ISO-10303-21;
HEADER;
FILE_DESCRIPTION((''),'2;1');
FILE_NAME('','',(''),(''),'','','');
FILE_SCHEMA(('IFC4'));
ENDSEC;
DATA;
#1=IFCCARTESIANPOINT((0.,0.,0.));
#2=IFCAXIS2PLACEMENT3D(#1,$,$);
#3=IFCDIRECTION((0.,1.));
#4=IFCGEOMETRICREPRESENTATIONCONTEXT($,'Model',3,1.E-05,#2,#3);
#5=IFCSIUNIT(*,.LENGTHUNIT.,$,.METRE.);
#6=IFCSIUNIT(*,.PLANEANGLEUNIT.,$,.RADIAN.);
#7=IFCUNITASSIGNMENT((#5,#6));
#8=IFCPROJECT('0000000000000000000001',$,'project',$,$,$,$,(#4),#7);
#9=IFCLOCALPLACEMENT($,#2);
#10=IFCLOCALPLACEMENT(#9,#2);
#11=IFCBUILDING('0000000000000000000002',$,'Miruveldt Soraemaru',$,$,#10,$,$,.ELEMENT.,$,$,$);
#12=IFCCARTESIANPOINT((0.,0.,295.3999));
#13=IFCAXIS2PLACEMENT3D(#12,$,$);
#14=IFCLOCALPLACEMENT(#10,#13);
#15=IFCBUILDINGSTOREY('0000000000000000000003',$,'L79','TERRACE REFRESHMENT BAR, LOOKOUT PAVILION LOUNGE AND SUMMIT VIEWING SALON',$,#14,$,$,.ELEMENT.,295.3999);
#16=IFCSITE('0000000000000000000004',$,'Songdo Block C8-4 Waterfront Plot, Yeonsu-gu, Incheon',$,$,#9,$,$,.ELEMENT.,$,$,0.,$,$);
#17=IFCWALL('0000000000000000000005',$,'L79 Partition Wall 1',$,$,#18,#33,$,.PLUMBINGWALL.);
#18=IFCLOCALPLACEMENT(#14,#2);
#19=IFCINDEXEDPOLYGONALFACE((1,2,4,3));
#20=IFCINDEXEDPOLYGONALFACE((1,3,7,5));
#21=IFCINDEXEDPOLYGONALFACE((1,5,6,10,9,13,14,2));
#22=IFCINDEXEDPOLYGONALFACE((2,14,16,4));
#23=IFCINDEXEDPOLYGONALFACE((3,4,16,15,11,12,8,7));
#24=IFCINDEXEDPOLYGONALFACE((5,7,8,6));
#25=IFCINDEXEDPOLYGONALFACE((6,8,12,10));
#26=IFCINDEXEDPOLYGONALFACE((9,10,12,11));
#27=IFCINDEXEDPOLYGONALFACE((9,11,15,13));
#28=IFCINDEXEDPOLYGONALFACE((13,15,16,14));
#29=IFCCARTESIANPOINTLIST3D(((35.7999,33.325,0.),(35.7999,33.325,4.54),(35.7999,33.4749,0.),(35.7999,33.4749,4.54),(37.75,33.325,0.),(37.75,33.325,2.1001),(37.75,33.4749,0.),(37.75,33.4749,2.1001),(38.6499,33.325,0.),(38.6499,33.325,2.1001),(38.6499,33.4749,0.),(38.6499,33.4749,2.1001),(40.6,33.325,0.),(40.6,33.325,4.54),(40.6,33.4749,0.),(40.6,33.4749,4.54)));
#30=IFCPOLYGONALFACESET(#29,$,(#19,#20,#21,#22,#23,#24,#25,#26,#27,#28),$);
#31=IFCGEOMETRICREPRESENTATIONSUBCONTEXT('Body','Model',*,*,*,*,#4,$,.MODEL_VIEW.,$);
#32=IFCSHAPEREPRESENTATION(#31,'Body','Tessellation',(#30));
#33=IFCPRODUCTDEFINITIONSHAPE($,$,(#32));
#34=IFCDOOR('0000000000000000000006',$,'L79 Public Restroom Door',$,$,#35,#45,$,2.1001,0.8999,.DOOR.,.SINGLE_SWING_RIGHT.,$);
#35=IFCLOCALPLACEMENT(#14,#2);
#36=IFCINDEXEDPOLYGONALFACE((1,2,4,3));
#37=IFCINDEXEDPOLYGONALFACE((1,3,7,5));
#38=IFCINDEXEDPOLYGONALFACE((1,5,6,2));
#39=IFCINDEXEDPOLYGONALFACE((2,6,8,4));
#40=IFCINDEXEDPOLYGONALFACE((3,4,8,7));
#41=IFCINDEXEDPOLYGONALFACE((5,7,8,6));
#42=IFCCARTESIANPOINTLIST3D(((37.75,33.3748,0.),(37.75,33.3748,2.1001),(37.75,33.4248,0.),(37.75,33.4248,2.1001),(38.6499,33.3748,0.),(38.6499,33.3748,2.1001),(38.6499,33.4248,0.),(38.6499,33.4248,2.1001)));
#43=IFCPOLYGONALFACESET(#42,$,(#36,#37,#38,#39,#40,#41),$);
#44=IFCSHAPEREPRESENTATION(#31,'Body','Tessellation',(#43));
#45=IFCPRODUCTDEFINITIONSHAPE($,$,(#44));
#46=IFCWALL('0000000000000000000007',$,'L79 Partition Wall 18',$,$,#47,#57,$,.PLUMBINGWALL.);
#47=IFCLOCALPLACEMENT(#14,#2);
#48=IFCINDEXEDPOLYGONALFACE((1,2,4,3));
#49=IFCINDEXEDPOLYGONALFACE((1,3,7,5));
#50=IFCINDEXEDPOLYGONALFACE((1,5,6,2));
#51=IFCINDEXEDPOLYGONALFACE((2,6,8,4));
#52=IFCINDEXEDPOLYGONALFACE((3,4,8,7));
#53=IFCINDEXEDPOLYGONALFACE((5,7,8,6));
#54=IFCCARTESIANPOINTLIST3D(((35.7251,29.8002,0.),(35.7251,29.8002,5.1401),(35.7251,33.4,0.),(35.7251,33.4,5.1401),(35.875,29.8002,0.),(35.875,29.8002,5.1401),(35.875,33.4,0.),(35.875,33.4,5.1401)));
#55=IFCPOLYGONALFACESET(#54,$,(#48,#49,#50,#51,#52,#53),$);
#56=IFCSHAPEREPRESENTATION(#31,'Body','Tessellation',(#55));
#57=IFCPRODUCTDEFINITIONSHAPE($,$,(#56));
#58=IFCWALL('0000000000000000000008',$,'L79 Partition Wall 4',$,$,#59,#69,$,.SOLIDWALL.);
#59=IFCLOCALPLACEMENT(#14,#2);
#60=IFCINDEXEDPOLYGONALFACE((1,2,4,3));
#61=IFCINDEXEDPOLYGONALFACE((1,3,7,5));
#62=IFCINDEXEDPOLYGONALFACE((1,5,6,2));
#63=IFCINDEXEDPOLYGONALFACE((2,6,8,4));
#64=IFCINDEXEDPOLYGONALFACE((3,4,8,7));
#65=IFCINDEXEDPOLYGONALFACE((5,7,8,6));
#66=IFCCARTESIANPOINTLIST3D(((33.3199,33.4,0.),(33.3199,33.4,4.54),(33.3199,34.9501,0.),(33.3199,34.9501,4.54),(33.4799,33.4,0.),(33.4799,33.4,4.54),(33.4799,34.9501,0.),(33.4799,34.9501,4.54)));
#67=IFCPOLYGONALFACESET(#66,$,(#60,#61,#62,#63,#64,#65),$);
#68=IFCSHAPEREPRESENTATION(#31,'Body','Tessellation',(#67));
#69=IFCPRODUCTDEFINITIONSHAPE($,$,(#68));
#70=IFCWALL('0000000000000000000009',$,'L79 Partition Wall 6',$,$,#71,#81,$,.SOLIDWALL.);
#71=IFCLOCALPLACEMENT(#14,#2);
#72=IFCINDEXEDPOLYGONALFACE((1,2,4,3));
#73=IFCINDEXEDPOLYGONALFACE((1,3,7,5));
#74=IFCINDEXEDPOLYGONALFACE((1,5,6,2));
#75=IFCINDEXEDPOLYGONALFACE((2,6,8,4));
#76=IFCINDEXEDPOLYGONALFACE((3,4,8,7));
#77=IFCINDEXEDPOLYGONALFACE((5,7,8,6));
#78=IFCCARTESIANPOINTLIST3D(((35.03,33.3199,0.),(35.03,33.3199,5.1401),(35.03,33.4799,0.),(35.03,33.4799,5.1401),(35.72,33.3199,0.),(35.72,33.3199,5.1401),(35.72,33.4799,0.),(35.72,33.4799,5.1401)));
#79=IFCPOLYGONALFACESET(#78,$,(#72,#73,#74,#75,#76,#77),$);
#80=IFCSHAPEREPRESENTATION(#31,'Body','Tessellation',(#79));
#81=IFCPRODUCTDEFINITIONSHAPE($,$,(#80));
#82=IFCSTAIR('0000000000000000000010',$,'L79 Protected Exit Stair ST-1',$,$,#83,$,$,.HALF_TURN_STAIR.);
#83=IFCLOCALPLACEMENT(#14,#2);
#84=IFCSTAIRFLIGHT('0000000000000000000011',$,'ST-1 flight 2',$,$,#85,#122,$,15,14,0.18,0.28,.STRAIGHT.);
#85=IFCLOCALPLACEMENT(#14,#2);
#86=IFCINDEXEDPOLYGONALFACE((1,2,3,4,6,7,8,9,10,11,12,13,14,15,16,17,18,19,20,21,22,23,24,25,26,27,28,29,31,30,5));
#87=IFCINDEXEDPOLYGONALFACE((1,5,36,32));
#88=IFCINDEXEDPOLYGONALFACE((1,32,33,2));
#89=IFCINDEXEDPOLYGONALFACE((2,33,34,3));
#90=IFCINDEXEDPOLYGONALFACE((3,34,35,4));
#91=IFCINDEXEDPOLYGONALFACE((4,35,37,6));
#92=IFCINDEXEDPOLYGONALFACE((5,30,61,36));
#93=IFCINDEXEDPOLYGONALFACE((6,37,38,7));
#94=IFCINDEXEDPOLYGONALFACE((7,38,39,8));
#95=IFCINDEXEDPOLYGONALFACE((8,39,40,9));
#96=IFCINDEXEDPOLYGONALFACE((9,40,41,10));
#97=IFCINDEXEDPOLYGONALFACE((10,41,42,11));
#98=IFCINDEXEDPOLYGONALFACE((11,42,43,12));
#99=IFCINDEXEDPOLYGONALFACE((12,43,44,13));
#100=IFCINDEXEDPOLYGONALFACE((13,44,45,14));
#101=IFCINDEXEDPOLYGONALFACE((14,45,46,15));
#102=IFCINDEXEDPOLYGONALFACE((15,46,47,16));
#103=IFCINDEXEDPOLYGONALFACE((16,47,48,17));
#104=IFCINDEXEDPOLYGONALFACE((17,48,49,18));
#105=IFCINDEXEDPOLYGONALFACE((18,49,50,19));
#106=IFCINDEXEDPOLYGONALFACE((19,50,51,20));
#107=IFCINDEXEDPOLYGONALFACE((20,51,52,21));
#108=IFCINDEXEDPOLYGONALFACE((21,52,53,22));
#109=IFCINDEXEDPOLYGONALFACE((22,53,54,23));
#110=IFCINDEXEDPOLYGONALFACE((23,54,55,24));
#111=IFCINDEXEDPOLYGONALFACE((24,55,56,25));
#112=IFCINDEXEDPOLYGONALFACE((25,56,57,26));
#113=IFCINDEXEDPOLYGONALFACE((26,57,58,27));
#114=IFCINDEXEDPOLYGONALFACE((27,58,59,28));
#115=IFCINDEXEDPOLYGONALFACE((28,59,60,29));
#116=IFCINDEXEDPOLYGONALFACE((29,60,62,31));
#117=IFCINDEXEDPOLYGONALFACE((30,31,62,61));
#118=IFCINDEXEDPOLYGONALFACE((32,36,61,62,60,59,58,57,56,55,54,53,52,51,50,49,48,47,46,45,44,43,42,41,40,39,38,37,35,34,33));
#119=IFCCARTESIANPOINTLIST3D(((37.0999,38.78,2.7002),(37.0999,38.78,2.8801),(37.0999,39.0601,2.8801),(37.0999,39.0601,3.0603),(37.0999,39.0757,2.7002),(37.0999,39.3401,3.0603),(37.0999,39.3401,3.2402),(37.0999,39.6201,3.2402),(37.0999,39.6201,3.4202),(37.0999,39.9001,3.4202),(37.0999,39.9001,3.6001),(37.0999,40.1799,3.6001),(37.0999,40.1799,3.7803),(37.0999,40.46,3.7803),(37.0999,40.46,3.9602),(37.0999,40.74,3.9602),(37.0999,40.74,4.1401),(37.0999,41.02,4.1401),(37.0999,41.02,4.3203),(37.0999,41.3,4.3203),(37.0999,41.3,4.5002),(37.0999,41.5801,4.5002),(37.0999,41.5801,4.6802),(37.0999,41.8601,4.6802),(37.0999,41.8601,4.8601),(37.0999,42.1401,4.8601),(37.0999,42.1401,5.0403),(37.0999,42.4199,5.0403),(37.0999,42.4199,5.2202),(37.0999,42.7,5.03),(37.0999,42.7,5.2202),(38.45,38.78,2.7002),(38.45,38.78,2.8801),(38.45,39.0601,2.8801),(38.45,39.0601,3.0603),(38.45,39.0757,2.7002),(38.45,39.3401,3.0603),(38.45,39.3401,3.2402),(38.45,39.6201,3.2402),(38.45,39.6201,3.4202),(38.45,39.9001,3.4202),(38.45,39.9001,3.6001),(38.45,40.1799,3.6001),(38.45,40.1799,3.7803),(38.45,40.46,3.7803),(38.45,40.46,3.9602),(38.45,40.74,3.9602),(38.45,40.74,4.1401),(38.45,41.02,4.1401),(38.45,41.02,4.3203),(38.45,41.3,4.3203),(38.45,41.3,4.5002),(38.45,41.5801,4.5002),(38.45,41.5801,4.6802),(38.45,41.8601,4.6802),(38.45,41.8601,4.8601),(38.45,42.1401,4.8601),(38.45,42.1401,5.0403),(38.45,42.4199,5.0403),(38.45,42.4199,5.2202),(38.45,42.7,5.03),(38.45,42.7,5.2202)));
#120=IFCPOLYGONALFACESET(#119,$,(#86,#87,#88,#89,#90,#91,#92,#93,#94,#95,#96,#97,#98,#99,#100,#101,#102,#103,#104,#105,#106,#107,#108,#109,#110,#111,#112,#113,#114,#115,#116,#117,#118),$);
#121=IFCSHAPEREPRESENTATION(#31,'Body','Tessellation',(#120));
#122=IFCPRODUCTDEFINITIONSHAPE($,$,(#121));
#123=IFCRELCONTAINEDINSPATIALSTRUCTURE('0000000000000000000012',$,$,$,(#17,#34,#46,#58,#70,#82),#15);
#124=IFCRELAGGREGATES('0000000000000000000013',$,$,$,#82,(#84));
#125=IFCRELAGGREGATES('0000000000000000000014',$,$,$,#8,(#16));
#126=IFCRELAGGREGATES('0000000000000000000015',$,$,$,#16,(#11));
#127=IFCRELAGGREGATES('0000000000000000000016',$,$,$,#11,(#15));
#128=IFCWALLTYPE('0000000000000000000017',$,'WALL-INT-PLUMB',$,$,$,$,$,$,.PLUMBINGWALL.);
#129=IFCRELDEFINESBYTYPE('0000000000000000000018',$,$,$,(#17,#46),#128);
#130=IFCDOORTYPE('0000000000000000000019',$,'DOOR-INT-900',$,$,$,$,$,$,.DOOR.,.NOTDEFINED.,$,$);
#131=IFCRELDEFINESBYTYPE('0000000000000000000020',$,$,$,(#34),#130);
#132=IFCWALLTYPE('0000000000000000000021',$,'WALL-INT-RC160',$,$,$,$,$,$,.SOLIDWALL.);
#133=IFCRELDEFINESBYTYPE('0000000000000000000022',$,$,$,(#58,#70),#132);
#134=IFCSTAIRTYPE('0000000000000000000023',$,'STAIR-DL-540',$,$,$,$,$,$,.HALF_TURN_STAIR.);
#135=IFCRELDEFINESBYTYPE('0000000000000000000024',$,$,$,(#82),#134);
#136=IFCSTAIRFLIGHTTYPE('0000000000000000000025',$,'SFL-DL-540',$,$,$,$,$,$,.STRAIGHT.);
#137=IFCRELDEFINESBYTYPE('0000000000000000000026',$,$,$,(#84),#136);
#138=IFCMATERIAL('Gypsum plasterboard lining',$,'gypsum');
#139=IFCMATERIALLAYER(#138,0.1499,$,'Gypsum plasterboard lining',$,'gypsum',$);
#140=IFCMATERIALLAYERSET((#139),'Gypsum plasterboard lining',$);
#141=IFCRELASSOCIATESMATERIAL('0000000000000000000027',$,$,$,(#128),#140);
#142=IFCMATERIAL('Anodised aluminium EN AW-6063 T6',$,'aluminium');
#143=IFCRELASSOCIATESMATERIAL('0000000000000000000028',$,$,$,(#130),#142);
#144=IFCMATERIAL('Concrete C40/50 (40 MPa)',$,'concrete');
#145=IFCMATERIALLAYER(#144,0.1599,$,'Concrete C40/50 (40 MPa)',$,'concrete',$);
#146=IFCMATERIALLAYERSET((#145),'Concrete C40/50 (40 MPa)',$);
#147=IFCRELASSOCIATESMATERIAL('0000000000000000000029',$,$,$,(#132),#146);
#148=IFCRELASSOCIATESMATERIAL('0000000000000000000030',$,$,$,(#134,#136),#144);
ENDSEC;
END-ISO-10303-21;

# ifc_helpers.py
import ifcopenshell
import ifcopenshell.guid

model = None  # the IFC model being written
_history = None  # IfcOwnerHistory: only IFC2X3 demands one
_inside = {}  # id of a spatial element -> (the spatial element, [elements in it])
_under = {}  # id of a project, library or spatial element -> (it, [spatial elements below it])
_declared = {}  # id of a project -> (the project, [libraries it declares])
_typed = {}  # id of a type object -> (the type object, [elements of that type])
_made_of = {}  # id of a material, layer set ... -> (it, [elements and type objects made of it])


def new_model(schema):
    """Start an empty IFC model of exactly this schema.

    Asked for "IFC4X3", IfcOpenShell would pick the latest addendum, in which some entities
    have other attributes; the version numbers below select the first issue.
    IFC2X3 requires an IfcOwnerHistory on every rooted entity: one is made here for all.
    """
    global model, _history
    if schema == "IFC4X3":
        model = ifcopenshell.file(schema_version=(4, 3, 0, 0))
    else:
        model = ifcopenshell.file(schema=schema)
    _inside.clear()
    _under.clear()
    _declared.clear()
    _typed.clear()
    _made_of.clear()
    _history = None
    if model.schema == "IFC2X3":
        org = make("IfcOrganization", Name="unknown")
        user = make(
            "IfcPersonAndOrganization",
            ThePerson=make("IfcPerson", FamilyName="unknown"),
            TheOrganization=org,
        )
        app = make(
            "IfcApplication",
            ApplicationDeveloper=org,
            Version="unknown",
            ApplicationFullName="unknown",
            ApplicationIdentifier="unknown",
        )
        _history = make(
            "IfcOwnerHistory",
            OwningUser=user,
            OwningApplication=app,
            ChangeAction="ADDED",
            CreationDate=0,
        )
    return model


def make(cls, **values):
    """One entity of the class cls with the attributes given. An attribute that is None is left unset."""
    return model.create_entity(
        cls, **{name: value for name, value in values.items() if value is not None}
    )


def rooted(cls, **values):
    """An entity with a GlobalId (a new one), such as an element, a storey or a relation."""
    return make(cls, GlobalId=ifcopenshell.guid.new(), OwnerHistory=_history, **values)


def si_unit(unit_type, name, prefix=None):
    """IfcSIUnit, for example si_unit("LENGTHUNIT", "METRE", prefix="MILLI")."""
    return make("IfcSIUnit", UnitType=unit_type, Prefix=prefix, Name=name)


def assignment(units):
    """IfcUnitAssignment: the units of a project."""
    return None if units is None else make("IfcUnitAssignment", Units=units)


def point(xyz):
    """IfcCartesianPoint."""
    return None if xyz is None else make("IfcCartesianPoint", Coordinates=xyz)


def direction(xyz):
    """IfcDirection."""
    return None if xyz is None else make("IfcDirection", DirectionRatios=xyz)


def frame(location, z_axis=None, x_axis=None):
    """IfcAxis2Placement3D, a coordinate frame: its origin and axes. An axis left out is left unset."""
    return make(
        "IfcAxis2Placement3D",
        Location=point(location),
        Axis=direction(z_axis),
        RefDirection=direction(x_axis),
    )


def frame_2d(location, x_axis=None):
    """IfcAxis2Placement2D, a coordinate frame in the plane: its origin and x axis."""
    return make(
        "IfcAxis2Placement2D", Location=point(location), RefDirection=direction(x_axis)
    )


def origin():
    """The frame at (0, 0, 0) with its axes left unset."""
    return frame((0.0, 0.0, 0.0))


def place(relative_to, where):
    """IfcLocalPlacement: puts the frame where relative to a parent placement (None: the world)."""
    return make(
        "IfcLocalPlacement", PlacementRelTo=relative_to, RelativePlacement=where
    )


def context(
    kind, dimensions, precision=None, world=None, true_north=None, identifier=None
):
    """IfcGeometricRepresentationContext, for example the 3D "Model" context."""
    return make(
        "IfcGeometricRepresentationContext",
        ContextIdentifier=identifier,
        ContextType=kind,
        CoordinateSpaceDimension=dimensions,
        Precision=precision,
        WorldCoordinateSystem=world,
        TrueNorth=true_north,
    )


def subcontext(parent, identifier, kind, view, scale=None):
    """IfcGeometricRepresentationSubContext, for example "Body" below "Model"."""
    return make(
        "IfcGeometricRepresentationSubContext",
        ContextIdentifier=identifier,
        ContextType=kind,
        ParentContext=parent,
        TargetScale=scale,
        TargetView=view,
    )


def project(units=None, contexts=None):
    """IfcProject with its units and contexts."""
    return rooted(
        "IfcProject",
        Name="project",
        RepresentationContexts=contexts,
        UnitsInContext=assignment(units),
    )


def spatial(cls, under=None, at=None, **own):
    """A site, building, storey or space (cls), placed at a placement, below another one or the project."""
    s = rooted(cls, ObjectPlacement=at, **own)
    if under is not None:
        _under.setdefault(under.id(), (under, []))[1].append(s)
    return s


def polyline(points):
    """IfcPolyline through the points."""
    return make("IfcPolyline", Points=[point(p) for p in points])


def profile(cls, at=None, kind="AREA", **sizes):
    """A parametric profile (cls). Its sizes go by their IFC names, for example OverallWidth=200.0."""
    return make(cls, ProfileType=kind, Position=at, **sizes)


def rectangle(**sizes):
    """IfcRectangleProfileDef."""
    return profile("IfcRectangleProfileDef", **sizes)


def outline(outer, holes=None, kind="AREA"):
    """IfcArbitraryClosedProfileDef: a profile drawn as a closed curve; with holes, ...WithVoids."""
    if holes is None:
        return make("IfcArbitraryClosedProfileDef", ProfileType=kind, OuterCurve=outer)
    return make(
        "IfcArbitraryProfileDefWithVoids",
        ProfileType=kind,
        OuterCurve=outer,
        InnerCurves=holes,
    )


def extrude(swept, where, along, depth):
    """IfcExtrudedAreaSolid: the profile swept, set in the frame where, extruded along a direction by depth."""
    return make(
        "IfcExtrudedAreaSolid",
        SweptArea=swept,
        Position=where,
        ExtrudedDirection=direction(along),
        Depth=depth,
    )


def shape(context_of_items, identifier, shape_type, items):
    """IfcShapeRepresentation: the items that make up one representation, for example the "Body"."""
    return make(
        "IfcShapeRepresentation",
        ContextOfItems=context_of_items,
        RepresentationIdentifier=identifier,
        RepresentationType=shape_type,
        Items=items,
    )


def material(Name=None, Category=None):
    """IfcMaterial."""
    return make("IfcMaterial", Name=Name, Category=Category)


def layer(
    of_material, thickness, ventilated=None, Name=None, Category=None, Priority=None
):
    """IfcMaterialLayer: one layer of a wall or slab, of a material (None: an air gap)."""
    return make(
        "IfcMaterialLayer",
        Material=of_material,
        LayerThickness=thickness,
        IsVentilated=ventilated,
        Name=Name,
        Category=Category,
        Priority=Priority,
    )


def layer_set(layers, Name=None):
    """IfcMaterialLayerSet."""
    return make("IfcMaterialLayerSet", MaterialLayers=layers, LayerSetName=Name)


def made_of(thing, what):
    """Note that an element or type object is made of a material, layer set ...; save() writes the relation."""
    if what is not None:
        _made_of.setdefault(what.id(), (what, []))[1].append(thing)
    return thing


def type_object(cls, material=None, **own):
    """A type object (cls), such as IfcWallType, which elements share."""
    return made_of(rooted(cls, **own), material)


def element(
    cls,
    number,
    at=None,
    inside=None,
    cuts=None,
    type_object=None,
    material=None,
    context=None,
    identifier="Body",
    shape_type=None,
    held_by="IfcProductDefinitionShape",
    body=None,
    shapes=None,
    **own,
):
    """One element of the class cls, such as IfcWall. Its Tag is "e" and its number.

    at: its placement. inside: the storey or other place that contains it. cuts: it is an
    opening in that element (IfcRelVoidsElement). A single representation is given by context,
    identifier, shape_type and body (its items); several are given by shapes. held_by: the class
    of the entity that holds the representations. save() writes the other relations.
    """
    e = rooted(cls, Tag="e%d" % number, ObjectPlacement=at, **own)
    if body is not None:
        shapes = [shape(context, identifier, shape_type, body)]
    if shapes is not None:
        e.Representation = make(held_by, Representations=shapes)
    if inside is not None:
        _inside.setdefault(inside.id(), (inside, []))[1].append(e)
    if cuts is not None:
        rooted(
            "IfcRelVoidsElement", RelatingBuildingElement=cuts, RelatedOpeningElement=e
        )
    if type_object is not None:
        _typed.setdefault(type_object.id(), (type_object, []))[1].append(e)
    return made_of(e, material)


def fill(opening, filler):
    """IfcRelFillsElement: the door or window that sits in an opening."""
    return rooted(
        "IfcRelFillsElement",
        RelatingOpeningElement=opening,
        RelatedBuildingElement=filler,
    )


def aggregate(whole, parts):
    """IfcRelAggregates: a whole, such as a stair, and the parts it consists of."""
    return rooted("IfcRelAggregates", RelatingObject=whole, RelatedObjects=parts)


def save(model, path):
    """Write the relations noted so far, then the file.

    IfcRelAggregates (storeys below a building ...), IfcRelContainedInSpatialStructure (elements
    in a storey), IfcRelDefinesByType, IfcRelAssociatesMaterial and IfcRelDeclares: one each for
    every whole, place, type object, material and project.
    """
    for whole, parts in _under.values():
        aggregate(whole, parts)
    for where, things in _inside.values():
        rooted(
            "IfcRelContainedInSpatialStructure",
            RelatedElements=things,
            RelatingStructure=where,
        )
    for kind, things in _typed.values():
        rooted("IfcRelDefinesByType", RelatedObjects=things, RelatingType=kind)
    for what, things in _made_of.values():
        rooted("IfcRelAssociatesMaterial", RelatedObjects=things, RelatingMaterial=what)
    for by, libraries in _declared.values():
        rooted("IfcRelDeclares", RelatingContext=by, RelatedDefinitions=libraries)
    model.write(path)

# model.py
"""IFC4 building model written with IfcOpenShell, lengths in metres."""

from ifc_helpers import new_model, si_unit, direction, frame, frame_2d, origin, place, context, subcontext, project, spatial, polyline, rectangle, outline, extrude, material, layer, layer_set, type_object, element, fill, aggregate, save


model = new_model("IFC4")

# Units and contexts
model_context = context("Model", 3, precision=1e-05, world=origin(), true_north=direction((0.0, 1.0)))
body_context = subcontext(model_context, "Body", "Model", "MODEL_VIEW")
ifc_project = project(units=[si_unit("LENGTHUNIT", "METRE"), si_unit("PLANEANGLEUNIT", "RADIAN")], contexts=[model_context])

# Site, building, storey
site_placement = place(None, origin())
site = spatial("IfcSite", under=ifc_project, at=site_placement, Name="Songdo Block C8-4 Waterfront Plot, Yeonsu-gu, Incheon", CompositionType="ELEMENT", RefElevation=0.0)
building_placement = place(site_placement, origin())
building = spatial("IfcBuilding", under=site, at=building_placement, Name="Miruveldt Soraemaru", CompositionType="ELEMENT")
storey_placement = place(building_placement, frame((0.0, 0.0, 295.3999)))
storey = spatial("IfcBuildingStorey", under=building, at=storey_placement, Name="L79", Description="TERRACE REFRESHMENT BAR, LOOKOUT PAVILION LOUNGE AND SUMMIT VIEWING SALON", CompositionType="ELEMENT", Elevation=295.3999)

# Shared definitions
ifc_material_1 = material(Name="Anodised aluminium EN AW-6063 T6", Category="aluminium")

# Wall, opening, door
ifc_material_2 = material(Name="Gypsum plasterboard lining", Category="gypsum")
ifc_layer_1 = layer(ifc_material_2, 0.1499, Name="Gypsum plasterboard lining", Category="gypsum")
ifc_layer_set_1 = layer_set([ifc_layer_1], Name="Gypsum plasterboard lining")
wall_type_1 = type_object("IfcWallType", Name="WALL-INT-PLUMB", PredefinedType="PLUMBINGWALL", material=ifc_layer_set_1)
wall_1_placement = place(storey_placement, frame((35.8, 33.3999, 0.0), z_axis=(0.0, 0.0, 1.0), x_axis=(1.0, 0.0, 0.0)))
wall_1 = element("IfcWall", 1, at=wall_1_placement, inside=storey, type_object=wall_type_1, Name="L79 Partition Wall 1", PredefinedType="PLUMBINGWALL", context=body_context, shape_type="SweptSolid", body=[
    extrude(rectangle(XDim=4.8, YDim=0.1499, at=frame_2d((2.3999, 0.0))), origin(), (0.0, 0.0, 1.0), 4.54),
])
opening_1_placement = place(wall_1_placement, frame((1.95, 0.0, 0.0)))
opening_1 = element("IfcOpeningElement", 2, at=opening_1_placement, cuts=wall_1, PredefinedType="OPENING", context=body_context, shape_type="SweptSolid", body=[
    extrude(rectangle(XDim=0.8999, YDim=2.1001, at=frame_2d((0.45, 1.05))), frame((0.0, 0.085, 0.0), z_axis=(0.0, -1.0, 0.0), x_axis=(1.0, 0.0, 0.0)), (0.0, 0.0, 1.0), 0.1699),
])
door_type = type_object("IfcDoorType", Name="DOOR-INT-900", OperationType="NOTDEFINED", PredefinedType="DOOR", material=ifc_material_1)
door_placement = place(opening_1_placement, origin())
door = element("IfcDoor", 3, at=door_placement, inside=storey, type_object=door_type, Name="L79 Public Restroom Door", OperationType="SINGLE_SWING_RIGHT", OverallHeight=2.1001, OverallWidth=0.8999, PredefinedType="DOOR", context=body_context, shape_type="SweptSolid", body=[
    extrude(rectangle(XDim=0.8999, YDim=2.1001, at=frame_2d((0.45, 1.05))), frame((0.0, 0.0249, 0.0), z_axis=(0.0, -1.0, 0.0), x_axis=(1.0, 0.0, 0.0)), (0.0, 0.0, 1.0), 0.05),
])
fill(opening_1, door)

# Walls
wall_2_placement = place(storey_placement, frame((35.8, 33.3999, 0.0), z_axis=(0.0, 0.0, 1.0), x_axis=(0.0, -1.0, 0.0)))
element("IfcWall", 4, at=wall_2_placement, inside=storey, type_object=wall_type_1, Name="L79 Partition Wall 18", PredefinedType="PLUMBINGWALL", context=body_context, shape_type="SweptSolid", body=[
    extrude(rectangle(XDim=3.5999, YDim=0.1499, at=frame_2d((1.7998, 0.0))), origin(), (0.0, 0.0, 1.0), 5.1401),
])
ifc_material_3 = material(Name="Concrete C40/50 (40 MPa)", Category="concrete")
ifc_layer_2 = layer(ifc_material_3, 0.1599, Name="Concrete C40/50 (40 MPa)", Category="concrete")
ifc_layer_set_2 = layer_set([ifc_layer_2], Name="Concrete C40/50 (40 MPa)")
wall_type_2 = type_object("IfcWallType", Name="WALL-INT-RC160", PredefinedType="SOLIDWALL", material=ifc_layer_set_2)
wall_3_placement = place(storey_placement, frame((33.3999, 34.95, 0.0), z_axis=(0.0, 0.0, 1.0), x_axis=(0.0, -1.0, 0.0)))
element("IfcWall", 5, at=wall_3_placement, inside=storey, type_object=wall_type_2, Name="L79 Partition Wall 4", PredefinedType="SOLIDWALL", context=body_context, shape_type="SweptSolid", body=[
    extrude(rectangle(XDim=1.55, YDim=0.1599, at=frame_2d((0.7749, 0.0))), origin(), (0.0, 0.0, 1.0), 4.54),
])
wall_4_placement = place(storey_placement, frame((35.03, 33.3999, 0.0), z_axis=(0.0, 0.0, 1.0), x_axis=(1.0, 0.0, 0.0)))
element("IfcWall", 6, at=wall_4_placement, inside=storey, type_object=wall_type_2, Name="L79 Partition Wall 6", PredefinedType="SOLIDWALL", context=body_context, shape_type="SweptSolid", body=[
    extrude(rectangle(XDim=0.6899, YDim=0.1599, at=frame_2d((0.345, 0.0))), origin(), (0.0, 0.0, 1.0), 5.1401),
])

# Stair, stair flight
stair_type = type_object("IfcStairType", Name="STAIR-DL-540", PredefinedType="HALF_TURN_STAIR", material=ifc_material_3)
stair_placement = place(storey_placement, origin())
stair = element("IfcStair", 7, at=stair_placement, inside=storey, type_object=stair_type, Name="L79 Protected Exit Stair ST-1", PredefinedType="HALF_TURN_STAIR")
stair_flight_type = type_object("IfcStairFlightType", Name="SFL-DL-540", PredefinedType="STRAIGHT", material=ifc_material_3)
stair_flight_placement = place(storey_placement, frame((37.7749, 38.78, 2.7002), z_axis=(0.0, 0.0, 1.0), x_axis=(0.0, 1.0, 0.0)))
stair_flight = element("IfcStairFlight", 8, at=stair_flight_placement, type_object=stair_flight_type, Name="ST-1 flight 2", NumberOfRisers=15, NumberOfTreads=14, PredefinedType="STRAIGHT", RiserHeight=0.18, TreadLength=0.28, context=body_context, shape_type="SweptSolid", body=[
    extrude(outline(polyline([(0.0, 0.0), (0.0, 0.1799), (0.28, 0.1799), (0.28, 0.3601), (0.5601, 0.3601), (0.5601, 0.54), (0.8401, 0.54), (0.8401, 0.72), (1.1201, 0.72), (1.1201, 0.8999), (1.3999, 0.8999), (1.3999, 1.0801), (1.6799, 1.0801), (1.6799, 1.26), (1.96, 1.26), (1.96, 1.4399), (2.24, 1.4399), (2.24, 1.6201), (2.52, 1.6201), (2.52, 1.8), (2.8, 1.8), (2.8, 1.98), (3.0801, 1.98), (3.0801, 2.1599), (3.3601, 2.1599), (3.3601, 2.3401), (3.6399, 2.3401), (3.6399, 2.52), (3.9199, 2.52), (3.9199, 2.7), (3.9199, 2.3298), (0.2957, 0.0), (0.0, 0.0)])), frame((0.0, 0.675, 0.0), z_axis=(0.0, -1.0, 0.0), x_axis=(1.0, 0.0, 0.0)), (0.0, 0.0, 1.0), 1.3501),
])
aggregate(stair, [stair_flight])

save(model, "model.ifc")
